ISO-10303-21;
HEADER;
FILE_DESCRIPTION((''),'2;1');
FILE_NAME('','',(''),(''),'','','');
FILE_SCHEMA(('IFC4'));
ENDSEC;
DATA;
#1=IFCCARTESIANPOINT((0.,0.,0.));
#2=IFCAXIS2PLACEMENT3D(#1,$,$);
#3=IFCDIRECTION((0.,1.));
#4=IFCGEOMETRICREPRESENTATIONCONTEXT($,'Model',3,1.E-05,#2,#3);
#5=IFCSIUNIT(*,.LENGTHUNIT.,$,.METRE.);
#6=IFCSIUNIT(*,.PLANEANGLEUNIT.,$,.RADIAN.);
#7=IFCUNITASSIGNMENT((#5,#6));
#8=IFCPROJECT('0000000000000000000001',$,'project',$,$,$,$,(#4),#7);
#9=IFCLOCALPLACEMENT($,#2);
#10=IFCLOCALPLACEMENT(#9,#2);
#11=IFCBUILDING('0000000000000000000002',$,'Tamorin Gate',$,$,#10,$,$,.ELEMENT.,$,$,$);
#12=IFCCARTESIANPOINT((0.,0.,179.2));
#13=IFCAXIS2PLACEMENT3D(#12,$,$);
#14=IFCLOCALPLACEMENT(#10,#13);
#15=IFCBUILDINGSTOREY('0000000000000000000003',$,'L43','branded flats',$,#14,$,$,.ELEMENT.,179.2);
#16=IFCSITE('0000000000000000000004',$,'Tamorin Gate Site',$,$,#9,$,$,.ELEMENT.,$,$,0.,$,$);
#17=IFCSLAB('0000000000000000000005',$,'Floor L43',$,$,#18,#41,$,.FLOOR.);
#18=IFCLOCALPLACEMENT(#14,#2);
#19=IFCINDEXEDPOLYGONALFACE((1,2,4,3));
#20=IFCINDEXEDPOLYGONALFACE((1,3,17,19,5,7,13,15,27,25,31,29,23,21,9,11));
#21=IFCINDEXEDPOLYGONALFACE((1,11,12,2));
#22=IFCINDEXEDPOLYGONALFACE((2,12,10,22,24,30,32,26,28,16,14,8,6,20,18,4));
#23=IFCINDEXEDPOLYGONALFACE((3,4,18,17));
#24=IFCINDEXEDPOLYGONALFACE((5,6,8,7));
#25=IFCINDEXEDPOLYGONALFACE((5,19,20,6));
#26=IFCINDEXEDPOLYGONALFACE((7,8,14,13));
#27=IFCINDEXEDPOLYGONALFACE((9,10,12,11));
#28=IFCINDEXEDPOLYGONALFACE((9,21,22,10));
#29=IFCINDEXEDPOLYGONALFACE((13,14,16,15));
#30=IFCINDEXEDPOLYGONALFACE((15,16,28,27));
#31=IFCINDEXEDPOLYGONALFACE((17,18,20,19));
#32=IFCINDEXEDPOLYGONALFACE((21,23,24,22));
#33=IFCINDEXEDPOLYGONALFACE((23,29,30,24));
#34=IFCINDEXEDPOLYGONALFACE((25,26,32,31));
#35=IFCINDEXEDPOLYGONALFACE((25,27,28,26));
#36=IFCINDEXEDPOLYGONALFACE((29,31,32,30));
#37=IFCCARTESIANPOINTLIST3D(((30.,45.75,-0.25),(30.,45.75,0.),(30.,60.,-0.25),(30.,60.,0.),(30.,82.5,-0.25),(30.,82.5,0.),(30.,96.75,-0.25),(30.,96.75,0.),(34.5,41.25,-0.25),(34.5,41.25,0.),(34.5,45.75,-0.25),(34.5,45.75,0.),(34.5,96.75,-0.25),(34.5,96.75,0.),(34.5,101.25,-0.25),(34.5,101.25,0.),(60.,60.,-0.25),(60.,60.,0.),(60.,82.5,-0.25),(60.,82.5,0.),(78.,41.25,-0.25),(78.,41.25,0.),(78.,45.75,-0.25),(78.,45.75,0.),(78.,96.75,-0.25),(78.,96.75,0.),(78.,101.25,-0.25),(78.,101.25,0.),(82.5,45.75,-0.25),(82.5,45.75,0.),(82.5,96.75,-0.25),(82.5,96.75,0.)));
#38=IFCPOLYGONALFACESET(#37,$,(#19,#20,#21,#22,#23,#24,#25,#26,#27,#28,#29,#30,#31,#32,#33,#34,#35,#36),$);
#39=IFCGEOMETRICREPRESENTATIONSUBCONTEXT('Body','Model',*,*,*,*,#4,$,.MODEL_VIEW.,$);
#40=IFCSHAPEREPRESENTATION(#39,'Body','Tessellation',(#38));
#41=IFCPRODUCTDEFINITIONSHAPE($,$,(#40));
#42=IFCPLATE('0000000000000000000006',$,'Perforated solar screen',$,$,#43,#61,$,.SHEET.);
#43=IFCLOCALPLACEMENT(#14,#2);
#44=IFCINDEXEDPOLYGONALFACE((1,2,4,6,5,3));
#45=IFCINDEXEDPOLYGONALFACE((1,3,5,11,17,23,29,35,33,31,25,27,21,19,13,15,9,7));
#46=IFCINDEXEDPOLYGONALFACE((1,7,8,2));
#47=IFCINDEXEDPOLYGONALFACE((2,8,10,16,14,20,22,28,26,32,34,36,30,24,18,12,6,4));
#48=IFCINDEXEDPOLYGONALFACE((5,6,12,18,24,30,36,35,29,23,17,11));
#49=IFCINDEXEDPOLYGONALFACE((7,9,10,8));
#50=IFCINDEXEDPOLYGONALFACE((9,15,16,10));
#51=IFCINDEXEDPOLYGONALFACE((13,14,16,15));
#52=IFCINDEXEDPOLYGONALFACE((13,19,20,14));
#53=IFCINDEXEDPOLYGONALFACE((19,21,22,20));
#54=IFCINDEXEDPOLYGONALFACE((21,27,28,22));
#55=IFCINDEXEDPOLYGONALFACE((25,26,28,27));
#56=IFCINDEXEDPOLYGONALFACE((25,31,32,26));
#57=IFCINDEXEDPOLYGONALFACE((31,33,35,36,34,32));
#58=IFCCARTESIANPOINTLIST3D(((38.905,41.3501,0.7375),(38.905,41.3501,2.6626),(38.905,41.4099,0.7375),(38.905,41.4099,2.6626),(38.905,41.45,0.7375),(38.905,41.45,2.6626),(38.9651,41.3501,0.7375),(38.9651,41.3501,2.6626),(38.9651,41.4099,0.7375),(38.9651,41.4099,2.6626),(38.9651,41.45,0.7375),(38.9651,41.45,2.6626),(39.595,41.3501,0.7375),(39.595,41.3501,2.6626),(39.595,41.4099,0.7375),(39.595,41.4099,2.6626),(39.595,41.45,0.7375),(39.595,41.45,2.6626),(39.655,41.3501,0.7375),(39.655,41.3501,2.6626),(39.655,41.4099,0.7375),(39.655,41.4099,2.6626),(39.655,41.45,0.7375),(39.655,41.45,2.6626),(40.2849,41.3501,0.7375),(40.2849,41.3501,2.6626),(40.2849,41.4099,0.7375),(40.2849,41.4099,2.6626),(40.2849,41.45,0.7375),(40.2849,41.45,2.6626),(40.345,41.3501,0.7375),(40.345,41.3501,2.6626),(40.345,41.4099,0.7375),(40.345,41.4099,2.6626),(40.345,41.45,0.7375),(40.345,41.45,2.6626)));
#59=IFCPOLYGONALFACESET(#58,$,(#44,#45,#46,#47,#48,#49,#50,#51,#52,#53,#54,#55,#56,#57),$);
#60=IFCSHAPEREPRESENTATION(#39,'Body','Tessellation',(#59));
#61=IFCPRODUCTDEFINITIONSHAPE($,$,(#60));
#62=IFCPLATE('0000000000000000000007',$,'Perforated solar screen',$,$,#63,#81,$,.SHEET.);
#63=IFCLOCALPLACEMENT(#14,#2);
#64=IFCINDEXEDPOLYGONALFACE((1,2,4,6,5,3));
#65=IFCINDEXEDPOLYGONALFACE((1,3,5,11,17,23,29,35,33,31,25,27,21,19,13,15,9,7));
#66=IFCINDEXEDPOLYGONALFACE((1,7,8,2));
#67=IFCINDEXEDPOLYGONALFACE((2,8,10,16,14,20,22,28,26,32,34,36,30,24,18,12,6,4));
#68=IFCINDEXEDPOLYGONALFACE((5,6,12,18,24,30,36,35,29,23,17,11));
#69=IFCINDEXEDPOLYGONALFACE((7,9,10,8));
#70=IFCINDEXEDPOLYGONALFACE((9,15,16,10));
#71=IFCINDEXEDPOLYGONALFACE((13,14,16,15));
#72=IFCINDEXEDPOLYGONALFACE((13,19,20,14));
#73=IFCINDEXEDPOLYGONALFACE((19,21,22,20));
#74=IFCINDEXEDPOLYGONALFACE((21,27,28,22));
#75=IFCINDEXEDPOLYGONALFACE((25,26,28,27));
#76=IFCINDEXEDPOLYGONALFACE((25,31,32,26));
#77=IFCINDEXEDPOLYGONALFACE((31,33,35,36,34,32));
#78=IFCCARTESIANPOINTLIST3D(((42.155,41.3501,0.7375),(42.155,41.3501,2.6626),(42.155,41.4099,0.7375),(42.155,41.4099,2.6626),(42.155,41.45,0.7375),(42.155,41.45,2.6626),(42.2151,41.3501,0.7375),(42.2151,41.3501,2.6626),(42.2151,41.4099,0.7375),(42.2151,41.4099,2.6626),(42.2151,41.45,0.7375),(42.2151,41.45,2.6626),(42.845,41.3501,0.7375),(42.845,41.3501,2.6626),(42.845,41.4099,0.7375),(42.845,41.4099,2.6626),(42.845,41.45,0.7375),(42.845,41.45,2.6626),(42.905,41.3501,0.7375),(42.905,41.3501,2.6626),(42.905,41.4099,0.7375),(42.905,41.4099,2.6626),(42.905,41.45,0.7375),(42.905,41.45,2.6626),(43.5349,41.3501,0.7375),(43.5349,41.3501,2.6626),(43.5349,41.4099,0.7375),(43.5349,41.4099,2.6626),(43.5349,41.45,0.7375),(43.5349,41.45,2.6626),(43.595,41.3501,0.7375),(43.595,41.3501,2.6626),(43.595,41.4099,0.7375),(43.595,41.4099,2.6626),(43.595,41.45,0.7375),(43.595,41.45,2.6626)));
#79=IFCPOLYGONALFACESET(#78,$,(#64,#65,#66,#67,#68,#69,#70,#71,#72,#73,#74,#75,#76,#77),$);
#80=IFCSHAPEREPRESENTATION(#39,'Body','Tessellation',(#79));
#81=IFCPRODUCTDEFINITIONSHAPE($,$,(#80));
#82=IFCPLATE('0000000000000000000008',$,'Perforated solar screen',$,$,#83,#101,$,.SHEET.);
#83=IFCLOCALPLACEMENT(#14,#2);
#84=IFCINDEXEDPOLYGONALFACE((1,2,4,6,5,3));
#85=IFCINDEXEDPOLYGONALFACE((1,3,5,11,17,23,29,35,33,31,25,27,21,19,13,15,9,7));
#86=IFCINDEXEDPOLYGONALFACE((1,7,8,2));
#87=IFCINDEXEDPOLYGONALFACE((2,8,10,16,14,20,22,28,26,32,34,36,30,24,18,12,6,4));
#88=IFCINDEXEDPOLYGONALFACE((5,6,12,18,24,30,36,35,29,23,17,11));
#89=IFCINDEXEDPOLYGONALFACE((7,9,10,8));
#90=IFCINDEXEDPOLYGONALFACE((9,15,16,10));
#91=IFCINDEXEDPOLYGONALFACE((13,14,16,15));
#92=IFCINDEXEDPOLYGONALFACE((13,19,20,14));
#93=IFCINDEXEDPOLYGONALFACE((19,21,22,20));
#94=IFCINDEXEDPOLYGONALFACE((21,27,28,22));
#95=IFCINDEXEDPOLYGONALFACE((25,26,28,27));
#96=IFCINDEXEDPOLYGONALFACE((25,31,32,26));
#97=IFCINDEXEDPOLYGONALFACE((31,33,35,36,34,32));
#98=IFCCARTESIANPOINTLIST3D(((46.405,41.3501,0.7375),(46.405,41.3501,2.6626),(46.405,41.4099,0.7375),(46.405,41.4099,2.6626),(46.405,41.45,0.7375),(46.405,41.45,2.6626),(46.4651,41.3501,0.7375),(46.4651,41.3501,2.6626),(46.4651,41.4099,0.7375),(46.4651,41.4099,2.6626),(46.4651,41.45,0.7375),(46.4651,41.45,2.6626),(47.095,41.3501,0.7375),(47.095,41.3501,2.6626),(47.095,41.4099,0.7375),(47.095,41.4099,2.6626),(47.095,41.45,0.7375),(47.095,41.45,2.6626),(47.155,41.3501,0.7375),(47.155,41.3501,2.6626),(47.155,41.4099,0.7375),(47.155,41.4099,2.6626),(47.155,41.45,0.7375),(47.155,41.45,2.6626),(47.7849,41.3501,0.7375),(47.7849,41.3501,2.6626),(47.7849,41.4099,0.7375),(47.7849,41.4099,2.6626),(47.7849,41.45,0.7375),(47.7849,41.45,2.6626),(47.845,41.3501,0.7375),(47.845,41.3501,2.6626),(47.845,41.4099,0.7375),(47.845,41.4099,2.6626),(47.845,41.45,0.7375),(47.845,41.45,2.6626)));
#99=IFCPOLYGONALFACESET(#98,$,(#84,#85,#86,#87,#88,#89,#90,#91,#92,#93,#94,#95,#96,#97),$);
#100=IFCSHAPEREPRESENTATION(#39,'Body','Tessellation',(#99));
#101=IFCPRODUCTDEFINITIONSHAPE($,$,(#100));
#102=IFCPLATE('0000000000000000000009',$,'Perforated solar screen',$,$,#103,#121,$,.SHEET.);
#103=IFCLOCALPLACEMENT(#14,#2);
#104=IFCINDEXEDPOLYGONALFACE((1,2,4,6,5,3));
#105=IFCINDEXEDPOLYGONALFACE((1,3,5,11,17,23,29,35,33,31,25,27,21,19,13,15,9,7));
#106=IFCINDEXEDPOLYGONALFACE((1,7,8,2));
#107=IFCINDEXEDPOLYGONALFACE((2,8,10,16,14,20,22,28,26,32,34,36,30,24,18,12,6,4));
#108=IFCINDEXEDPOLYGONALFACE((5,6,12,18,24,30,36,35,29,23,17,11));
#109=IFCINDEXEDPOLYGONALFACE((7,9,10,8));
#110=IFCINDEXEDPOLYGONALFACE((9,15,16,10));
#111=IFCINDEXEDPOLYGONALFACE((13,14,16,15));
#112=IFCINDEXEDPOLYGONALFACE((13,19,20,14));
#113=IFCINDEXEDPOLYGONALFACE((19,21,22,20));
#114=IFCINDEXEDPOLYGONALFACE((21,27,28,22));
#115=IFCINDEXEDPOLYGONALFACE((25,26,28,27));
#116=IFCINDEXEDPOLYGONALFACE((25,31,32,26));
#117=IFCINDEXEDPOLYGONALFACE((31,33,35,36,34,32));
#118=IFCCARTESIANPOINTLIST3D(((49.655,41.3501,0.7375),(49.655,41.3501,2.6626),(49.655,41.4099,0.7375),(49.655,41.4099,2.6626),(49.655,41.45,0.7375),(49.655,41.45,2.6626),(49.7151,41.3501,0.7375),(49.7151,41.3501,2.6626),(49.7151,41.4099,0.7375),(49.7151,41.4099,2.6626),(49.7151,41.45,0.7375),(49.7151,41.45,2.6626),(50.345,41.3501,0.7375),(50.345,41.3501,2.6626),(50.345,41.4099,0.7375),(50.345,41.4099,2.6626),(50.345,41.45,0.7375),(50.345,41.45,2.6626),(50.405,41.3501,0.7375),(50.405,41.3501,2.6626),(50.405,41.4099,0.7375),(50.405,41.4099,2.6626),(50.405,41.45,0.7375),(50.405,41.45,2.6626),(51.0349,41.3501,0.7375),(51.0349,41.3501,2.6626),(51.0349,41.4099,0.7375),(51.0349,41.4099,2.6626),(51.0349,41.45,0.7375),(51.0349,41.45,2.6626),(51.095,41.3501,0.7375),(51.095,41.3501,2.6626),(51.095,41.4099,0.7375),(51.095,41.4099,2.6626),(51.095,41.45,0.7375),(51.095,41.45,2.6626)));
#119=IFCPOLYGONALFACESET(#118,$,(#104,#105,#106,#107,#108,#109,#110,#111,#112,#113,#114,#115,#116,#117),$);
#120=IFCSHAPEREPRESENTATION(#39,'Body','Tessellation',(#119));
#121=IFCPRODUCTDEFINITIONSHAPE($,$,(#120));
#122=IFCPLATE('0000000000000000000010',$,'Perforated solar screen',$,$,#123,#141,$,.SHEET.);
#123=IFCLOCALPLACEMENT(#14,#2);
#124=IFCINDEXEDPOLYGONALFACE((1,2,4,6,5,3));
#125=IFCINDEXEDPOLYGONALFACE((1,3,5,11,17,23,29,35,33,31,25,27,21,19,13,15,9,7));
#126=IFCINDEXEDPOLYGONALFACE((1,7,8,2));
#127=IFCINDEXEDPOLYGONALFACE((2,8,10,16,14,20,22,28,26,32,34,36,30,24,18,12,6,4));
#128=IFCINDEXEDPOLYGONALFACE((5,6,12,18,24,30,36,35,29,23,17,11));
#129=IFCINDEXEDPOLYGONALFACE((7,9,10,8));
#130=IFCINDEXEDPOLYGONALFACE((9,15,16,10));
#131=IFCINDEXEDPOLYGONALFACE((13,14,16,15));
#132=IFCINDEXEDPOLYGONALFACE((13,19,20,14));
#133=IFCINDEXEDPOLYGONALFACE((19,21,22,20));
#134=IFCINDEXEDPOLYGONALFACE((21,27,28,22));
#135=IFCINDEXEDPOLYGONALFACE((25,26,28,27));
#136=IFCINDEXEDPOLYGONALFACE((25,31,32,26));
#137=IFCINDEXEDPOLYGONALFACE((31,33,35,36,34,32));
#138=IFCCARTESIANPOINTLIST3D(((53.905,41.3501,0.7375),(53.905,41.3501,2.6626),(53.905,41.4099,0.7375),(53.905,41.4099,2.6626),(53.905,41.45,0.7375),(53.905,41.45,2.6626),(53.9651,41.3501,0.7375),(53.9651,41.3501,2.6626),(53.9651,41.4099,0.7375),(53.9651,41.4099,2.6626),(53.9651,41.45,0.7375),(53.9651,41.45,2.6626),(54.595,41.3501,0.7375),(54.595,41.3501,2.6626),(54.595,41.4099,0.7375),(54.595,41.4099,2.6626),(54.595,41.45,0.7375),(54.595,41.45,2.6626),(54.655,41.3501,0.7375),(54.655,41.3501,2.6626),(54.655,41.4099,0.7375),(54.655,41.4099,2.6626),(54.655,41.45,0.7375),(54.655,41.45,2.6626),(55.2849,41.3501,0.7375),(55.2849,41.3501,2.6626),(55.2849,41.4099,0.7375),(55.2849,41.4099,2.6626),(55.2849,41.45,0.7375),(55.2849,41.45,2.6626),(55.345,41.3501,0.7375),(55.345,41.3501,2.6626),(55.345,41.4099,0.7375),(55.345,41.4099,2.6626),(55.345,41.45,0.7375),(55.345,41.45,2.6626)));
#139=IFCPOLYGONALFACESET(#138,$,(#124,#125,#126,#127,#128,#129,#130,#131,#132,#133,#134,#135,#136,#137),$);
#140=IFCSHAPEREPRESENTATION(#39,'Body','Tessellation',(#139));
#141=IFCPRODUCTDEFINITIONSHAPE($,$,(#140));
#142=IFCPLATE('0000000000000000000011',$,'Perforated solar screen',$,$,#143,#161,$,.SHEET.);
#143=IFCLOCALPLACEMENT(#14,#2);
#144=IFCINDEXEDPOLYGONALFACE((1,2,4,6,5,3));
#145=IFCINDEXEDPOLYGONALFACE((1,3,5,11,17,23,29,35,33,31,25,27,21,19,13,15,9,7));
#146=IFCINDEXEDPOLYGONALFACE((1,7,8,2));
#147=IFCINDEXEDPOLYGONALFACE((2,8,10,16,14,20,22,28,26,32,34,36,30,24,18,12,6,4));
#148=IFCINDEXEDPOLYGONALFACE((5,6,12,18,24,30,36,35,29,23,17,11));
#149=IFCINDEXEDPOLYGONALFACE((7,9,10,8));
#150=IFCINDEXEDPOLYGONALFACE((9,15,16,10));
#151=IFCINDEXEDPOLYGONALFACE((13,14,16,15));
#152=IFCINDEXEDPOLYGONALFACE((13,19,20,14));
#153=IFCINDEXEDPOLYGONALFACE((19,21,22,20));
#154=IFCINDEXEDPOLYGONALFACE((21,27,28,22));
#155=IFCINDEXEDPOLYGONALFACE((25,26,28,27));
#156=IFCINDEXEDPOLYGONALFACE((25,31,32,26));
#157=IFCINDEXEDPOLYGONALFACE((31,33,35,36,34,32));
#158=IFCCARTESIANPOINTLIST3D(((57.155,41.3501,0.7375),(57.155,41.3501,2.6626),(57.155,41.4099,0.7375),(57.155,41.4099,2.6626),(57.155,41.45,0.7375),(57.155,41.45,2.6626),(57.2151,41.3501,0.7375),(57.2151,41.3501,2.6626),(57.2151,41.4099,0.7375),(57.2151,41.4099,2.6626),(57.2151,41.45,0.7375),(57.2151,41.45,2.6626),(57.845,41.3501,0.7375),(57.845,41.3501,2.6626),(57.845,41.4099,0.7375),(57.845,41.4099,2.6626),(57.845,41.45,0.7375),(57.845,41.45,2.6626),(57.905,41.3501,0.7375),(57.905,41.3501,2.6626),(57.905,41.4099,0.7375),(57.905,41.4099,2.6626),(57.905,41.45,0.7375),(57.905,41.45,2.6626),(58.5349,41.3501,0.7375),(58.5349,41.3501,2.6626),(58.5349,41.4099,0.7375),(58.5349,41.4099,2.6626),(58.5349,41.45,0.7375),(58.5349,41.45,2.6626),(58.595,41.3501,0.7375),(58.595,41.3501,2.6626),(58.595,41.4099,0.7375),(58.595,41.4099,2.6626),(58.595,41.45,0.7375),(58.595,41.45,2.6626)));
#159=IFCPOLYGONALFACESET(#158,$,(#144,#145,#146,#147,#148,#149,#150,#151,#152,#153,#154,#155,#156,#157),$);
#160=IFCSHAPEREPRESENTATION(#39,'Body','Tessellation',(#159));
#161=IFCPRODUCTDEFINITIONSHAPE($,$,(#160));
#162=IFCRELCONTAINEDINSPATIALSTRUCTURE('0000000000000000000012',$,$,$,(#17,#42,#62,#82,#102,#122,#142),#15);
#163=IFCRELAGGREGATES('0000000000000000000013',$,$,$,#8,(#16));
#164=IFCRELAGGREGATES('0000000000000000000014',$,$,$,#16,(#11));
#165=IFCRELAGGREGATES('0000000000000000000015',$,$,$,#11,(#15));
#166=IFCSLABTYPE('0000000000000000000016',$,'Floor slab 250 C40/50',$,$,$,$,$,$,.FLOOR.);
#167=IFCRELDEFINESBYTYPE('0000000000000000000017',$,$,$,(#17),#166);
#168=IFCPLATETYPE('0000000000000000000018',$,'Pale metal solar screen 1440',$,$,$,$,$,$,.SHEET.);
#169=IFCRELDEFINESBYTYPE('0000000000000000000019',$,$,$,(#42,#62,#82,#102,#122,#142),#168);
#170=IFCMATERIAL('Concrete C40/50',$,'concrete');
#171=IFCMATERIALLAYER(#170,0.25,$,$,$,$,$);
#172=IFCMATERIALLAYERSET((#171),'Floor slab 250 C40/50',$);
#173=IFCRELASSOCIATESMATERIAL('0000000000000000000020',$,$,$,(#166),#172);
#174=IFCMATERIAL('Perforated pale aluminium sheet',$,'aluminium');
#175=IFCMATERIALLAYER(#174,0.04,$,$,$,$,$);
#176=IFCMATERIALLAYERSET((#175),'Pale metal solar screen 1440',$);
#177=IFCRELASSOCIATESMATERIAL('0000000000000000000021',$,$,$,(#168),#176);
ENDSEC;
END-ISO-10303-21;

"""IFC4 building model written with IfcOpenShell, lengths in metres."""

from ifc_helpers import new_model, si_unit, direction, frame, origin, place, context, subcontext, project, spatial, polyline, outline, extrude, material, layer, layer_set, type_object, element, save


model = new_model("IFC4")

# Units and contexts
model_context = context("Model", 3, precision=1e-05, world=origin(), true_north=direction((0.0, 1.0)))
body_context = subcontext(model_context, "Body", "Model", "MODEL_VIEW")
ifc_project = project(units=[si_unit("LENGTHUNIT", "METRE"), si_unit("PLANEANGLEUNIT", "RADIAN")], contexts=[model_context])

# Site, building, storey
site_placement = place(None, origin())
site = spatial("IfcSite", under=ifc_project, at=site_placement, Name="Tamorin Gate Site", CompositionType="ELEMENT", RefElevation=0.0)
building_placement = place(site_placement, origin())
building = spatial("IfcBuilding", under=site, at=building_placement, Name="Tamorin Gate", CompositionType="ELEMENT")
storey_placement = place(building_placement, frame((0.0, 0.0, 179.2)))
storey = spatial("IfcBuildingStorey", under=building, at=storey_placement, Name="L43", Description="branded flats", CompositionType="ELEMENT", Elevation=179.2)

# Slab
ifc_material_1 = material(Name="Concrete C40/50", Category="concrete")
ifc_layer_1 = layer(ifc_material_1, 0.25)
ifc_layer_set_1 = layer_set([ifc_layer_1], Name="Floor slab 250 C40/50")
slab_type = type_object("IfcSlabType", Name="Floor slab 250 C40/50", PredefinedType="FLOOR", material=ifc_layer_set_1)
slab_placement = place(storey_placement, frame((0.0, 0.0, -0.25)))
element("IfcSlab", 1, at=slab_placement, inside=storey, type_object=slab_type, Name="Floor L43", PredefinedType="FLOOR", context=body_context, shape_type="SweptSolid", body=[
    extrude(outline(polyline([(30.0, 96.75), (34.5, 96.75), (34.5, 101.25), (78.0, 101.25), (78.0, 96.75), (82.5, 96.75), (82.5, 45.75), (78.0, 45.75), (78.0, 41.25), (34.5, 41.25), (34.5, 45.75), (30.0, 45.75), (30.0, 60.0), (60.0, 60.0), (60.0, 82.5), (30.0, 82.5), (30.0, 96.75)])), origin(), (0.0, 0.0, 1.0), 0.25),
])

# Plates
ifc_material_2 = material(Name="Perforated pale aluminium sheet", Category="aluminium")
ifc_layer_2 = layer(ifc_material_2, 0.04)
ifc_layer_set_2 = layer_set([ifc_layer_2], Name="Pale metal solar screen 1440")
plate_type_1 = type_object("IfcPlateType", Name="Pale metal solar screen 1440", PredefinedType="SHEET", material=ifc_layer_set_2)
plate_1_placement = place(storey_placement, frame((0.0, 0.0, 0.7375)))
element("IfcPlate", 2, at=plate_1_placement, inside=storey, type_object=plate_type_1, Name="Perforated solar screen", PredefinedType="SHEET", context=body_context, shape_type="SweptSolid", body=[
    extrude(outline(polyline([(38.905, 41.4099), (38.905, 41.45), (38.9651, 41.45), (39.595, 41.45), (39.655, 41.45), (40.2849, 41.45), (40.345, 41.45), (40.345, 41.45), (40.345, 41.4099), (40.345, 41.4099), (40.345, 41.3501), (40.2849, 41.3501), (40.2849, 41.4099), (39.655, 41.4099), (39.655, 41.3501), (39.595, 41.3501), (39.595, 41.4099), (38.9651, 41.4099), (38.9651, 41.3501), (38.905, 41.3501), (38.905, 41.4099)])), origin(), (0.0, 0.0, 1.0), 1.925),
])
plate_2_placement = place(storey_placement, frame((0.0, 0.0, 0.7375)))
element("IfcPlate", 3, at=plate_2_placement, inside=storey, type_object=plate_type_1, Name="Perforated solar screen", PredefinedType="SHEET", context=body_context, shape_type="SweptSolid", body=[
    extrude(outline(polyline([(42.155, 41.4099), (42.155, 41.45), (42.2151, 41.45), (42.845, 41.45), (42.905, 41.45), (43.5349, 41.45), (43.595, 41.45), (43.595, 41.4099), (43.595, 41.3501), (43.5349, 41.3501), (43.5349, 41.4099), (42.905, 41.4099), (42.905, 41.3501), (42.845, 41.3501), (42.845, 41.4099), (42.2151, 41.4099), (42.2151, 41.3501), (42.155, 41.3501), (42.155, 41.4099)])), origin(), (0.0, 0.0, 1.0), 1.925),
])
plate_3_placement = place(storey_placement, frame((0.0, 0.0, 0.7375)))
element("IfcPlate", 4, at=plate_3_placement, inside=storey, type_object=plate_type_1, Name="Perforated solar screen", PredefinedType="SHEET", context=body_context, shape_type="SweptSolid", body=[
    extrude(outline(polyline([(46.405, 41.4099), (46.405, 41.45), (46.4651, 41.45), (47.095, 41.45), (47.155, 41.45), (47.7849, 41.45), (47.845, 41.45), (47.845, 41.4099), (47.845, 41.3501), (47.7849, 41.3501), (47.7849, 41.4099), (47.155, 41.4099), (47.155, 41.3501), (47.095, 41.3501), (47.095, 41.4099), (46.4651, 41.4099), (46.4651, 41.3501), (46.405, 41.3501), (46.405, 41.4099)])), origin(), (0.0, 0.0, 1.0), 1.925),
])
plate_4_placement = place(storey_placement, frame((0.0, 0.0, 0.7375)))
element("IfcPlate", 5, at=plate_4_placement, inside=storey, type_object=plate_type_1, Name="Perforated solar screen", PredefinedType="SHEET", context=body_context, shape_type="SweptSolid", body=[
    extrude(outline(polyline([(49.655, 41.4099), (49.655, 41.45), (49.7151, 41.45), (50.345, 41.45), (50.405, 41.45), (51.0349, 41.45), (51.095, 41.45), (51.095, 41.4099), (51.095, 41.3501), (51.0349, 41.3501), (51.0349, 41.4099), (50.405, 41.4099), (50.405, 41.3501), (50.345, 41.3501), (50.345, 41.4099), (49.7151, 41.4099), (49.7151, 41.3501), (49.655, 41.3501), (49.655, 41.4099)])), origin(), (0.0, 0.0, 1.0), 1.925),
])
plate_5_placement = place(storey_placement, frame((0.0, 0.0, 0.7375)))
element("IfcPlate", 6, at=plate_5_placement, inside=storey, type_object=plate_type_1, Name="Perforated solar screen", PredefinedType="SHEET", context=body_context, shape_type="SweptSolid", body=[
    extrude(outline(polyline([(53.905, 41.4099), (53.905, 41.45), (53.9651, 41.45), (54.595, 41.45), (54.655, 41.45), (55.2849, 41.45), (55.345, 41.45), (55.345, 41.4099), (55.345, 41.3501), (55.2849, 41.3501), (55.2849, 41.4099), (54.655, 41.4099), (54.655, 41.3501), (54.595, 41.3501), (54.595, 41.4099), (53.9651, 41.4099), (53.9651, 41.3501), (53.905, 41.3501), (53.905, 41.4099)])), origin(), (0.0, 0.0, 1.0), 1.925),
])
plate_6_placement = place(storey_placement, frame((0.0, 0.0, 0.7375)))
element("IfcPlate", 7, at=plate_6_placement, inside=storey, type_object=plate_type_1, Name="Perforated solar screen", PredefinedType="SHEET", context=body_context, shape_type="SweptSolid", body=[
    extrude(outline(polyline([(57.155, 41.4099), (57.155, 41.45), (57.2151, 41.45), (57.845, 41.45), (57.905, 41.45), (58.5349, 41.45), (58.595, 41.45), (58.595, 41.4099), (58.595, 41.3501), (58.5349, 41.3501), (58.5349, 41.4099), (57.905, 41.4099), (57.905, 41.3501), (57.845, 41.3501), (57.845, 41.4099), (57.2151, 41.4099), (57.2151, 41.3501), (57.155, 41.3501), (57.155, 41.4099)])), origin(), (0.0, 0.0, 1.0), 1.925),
])

save(model, "model.ifc")
